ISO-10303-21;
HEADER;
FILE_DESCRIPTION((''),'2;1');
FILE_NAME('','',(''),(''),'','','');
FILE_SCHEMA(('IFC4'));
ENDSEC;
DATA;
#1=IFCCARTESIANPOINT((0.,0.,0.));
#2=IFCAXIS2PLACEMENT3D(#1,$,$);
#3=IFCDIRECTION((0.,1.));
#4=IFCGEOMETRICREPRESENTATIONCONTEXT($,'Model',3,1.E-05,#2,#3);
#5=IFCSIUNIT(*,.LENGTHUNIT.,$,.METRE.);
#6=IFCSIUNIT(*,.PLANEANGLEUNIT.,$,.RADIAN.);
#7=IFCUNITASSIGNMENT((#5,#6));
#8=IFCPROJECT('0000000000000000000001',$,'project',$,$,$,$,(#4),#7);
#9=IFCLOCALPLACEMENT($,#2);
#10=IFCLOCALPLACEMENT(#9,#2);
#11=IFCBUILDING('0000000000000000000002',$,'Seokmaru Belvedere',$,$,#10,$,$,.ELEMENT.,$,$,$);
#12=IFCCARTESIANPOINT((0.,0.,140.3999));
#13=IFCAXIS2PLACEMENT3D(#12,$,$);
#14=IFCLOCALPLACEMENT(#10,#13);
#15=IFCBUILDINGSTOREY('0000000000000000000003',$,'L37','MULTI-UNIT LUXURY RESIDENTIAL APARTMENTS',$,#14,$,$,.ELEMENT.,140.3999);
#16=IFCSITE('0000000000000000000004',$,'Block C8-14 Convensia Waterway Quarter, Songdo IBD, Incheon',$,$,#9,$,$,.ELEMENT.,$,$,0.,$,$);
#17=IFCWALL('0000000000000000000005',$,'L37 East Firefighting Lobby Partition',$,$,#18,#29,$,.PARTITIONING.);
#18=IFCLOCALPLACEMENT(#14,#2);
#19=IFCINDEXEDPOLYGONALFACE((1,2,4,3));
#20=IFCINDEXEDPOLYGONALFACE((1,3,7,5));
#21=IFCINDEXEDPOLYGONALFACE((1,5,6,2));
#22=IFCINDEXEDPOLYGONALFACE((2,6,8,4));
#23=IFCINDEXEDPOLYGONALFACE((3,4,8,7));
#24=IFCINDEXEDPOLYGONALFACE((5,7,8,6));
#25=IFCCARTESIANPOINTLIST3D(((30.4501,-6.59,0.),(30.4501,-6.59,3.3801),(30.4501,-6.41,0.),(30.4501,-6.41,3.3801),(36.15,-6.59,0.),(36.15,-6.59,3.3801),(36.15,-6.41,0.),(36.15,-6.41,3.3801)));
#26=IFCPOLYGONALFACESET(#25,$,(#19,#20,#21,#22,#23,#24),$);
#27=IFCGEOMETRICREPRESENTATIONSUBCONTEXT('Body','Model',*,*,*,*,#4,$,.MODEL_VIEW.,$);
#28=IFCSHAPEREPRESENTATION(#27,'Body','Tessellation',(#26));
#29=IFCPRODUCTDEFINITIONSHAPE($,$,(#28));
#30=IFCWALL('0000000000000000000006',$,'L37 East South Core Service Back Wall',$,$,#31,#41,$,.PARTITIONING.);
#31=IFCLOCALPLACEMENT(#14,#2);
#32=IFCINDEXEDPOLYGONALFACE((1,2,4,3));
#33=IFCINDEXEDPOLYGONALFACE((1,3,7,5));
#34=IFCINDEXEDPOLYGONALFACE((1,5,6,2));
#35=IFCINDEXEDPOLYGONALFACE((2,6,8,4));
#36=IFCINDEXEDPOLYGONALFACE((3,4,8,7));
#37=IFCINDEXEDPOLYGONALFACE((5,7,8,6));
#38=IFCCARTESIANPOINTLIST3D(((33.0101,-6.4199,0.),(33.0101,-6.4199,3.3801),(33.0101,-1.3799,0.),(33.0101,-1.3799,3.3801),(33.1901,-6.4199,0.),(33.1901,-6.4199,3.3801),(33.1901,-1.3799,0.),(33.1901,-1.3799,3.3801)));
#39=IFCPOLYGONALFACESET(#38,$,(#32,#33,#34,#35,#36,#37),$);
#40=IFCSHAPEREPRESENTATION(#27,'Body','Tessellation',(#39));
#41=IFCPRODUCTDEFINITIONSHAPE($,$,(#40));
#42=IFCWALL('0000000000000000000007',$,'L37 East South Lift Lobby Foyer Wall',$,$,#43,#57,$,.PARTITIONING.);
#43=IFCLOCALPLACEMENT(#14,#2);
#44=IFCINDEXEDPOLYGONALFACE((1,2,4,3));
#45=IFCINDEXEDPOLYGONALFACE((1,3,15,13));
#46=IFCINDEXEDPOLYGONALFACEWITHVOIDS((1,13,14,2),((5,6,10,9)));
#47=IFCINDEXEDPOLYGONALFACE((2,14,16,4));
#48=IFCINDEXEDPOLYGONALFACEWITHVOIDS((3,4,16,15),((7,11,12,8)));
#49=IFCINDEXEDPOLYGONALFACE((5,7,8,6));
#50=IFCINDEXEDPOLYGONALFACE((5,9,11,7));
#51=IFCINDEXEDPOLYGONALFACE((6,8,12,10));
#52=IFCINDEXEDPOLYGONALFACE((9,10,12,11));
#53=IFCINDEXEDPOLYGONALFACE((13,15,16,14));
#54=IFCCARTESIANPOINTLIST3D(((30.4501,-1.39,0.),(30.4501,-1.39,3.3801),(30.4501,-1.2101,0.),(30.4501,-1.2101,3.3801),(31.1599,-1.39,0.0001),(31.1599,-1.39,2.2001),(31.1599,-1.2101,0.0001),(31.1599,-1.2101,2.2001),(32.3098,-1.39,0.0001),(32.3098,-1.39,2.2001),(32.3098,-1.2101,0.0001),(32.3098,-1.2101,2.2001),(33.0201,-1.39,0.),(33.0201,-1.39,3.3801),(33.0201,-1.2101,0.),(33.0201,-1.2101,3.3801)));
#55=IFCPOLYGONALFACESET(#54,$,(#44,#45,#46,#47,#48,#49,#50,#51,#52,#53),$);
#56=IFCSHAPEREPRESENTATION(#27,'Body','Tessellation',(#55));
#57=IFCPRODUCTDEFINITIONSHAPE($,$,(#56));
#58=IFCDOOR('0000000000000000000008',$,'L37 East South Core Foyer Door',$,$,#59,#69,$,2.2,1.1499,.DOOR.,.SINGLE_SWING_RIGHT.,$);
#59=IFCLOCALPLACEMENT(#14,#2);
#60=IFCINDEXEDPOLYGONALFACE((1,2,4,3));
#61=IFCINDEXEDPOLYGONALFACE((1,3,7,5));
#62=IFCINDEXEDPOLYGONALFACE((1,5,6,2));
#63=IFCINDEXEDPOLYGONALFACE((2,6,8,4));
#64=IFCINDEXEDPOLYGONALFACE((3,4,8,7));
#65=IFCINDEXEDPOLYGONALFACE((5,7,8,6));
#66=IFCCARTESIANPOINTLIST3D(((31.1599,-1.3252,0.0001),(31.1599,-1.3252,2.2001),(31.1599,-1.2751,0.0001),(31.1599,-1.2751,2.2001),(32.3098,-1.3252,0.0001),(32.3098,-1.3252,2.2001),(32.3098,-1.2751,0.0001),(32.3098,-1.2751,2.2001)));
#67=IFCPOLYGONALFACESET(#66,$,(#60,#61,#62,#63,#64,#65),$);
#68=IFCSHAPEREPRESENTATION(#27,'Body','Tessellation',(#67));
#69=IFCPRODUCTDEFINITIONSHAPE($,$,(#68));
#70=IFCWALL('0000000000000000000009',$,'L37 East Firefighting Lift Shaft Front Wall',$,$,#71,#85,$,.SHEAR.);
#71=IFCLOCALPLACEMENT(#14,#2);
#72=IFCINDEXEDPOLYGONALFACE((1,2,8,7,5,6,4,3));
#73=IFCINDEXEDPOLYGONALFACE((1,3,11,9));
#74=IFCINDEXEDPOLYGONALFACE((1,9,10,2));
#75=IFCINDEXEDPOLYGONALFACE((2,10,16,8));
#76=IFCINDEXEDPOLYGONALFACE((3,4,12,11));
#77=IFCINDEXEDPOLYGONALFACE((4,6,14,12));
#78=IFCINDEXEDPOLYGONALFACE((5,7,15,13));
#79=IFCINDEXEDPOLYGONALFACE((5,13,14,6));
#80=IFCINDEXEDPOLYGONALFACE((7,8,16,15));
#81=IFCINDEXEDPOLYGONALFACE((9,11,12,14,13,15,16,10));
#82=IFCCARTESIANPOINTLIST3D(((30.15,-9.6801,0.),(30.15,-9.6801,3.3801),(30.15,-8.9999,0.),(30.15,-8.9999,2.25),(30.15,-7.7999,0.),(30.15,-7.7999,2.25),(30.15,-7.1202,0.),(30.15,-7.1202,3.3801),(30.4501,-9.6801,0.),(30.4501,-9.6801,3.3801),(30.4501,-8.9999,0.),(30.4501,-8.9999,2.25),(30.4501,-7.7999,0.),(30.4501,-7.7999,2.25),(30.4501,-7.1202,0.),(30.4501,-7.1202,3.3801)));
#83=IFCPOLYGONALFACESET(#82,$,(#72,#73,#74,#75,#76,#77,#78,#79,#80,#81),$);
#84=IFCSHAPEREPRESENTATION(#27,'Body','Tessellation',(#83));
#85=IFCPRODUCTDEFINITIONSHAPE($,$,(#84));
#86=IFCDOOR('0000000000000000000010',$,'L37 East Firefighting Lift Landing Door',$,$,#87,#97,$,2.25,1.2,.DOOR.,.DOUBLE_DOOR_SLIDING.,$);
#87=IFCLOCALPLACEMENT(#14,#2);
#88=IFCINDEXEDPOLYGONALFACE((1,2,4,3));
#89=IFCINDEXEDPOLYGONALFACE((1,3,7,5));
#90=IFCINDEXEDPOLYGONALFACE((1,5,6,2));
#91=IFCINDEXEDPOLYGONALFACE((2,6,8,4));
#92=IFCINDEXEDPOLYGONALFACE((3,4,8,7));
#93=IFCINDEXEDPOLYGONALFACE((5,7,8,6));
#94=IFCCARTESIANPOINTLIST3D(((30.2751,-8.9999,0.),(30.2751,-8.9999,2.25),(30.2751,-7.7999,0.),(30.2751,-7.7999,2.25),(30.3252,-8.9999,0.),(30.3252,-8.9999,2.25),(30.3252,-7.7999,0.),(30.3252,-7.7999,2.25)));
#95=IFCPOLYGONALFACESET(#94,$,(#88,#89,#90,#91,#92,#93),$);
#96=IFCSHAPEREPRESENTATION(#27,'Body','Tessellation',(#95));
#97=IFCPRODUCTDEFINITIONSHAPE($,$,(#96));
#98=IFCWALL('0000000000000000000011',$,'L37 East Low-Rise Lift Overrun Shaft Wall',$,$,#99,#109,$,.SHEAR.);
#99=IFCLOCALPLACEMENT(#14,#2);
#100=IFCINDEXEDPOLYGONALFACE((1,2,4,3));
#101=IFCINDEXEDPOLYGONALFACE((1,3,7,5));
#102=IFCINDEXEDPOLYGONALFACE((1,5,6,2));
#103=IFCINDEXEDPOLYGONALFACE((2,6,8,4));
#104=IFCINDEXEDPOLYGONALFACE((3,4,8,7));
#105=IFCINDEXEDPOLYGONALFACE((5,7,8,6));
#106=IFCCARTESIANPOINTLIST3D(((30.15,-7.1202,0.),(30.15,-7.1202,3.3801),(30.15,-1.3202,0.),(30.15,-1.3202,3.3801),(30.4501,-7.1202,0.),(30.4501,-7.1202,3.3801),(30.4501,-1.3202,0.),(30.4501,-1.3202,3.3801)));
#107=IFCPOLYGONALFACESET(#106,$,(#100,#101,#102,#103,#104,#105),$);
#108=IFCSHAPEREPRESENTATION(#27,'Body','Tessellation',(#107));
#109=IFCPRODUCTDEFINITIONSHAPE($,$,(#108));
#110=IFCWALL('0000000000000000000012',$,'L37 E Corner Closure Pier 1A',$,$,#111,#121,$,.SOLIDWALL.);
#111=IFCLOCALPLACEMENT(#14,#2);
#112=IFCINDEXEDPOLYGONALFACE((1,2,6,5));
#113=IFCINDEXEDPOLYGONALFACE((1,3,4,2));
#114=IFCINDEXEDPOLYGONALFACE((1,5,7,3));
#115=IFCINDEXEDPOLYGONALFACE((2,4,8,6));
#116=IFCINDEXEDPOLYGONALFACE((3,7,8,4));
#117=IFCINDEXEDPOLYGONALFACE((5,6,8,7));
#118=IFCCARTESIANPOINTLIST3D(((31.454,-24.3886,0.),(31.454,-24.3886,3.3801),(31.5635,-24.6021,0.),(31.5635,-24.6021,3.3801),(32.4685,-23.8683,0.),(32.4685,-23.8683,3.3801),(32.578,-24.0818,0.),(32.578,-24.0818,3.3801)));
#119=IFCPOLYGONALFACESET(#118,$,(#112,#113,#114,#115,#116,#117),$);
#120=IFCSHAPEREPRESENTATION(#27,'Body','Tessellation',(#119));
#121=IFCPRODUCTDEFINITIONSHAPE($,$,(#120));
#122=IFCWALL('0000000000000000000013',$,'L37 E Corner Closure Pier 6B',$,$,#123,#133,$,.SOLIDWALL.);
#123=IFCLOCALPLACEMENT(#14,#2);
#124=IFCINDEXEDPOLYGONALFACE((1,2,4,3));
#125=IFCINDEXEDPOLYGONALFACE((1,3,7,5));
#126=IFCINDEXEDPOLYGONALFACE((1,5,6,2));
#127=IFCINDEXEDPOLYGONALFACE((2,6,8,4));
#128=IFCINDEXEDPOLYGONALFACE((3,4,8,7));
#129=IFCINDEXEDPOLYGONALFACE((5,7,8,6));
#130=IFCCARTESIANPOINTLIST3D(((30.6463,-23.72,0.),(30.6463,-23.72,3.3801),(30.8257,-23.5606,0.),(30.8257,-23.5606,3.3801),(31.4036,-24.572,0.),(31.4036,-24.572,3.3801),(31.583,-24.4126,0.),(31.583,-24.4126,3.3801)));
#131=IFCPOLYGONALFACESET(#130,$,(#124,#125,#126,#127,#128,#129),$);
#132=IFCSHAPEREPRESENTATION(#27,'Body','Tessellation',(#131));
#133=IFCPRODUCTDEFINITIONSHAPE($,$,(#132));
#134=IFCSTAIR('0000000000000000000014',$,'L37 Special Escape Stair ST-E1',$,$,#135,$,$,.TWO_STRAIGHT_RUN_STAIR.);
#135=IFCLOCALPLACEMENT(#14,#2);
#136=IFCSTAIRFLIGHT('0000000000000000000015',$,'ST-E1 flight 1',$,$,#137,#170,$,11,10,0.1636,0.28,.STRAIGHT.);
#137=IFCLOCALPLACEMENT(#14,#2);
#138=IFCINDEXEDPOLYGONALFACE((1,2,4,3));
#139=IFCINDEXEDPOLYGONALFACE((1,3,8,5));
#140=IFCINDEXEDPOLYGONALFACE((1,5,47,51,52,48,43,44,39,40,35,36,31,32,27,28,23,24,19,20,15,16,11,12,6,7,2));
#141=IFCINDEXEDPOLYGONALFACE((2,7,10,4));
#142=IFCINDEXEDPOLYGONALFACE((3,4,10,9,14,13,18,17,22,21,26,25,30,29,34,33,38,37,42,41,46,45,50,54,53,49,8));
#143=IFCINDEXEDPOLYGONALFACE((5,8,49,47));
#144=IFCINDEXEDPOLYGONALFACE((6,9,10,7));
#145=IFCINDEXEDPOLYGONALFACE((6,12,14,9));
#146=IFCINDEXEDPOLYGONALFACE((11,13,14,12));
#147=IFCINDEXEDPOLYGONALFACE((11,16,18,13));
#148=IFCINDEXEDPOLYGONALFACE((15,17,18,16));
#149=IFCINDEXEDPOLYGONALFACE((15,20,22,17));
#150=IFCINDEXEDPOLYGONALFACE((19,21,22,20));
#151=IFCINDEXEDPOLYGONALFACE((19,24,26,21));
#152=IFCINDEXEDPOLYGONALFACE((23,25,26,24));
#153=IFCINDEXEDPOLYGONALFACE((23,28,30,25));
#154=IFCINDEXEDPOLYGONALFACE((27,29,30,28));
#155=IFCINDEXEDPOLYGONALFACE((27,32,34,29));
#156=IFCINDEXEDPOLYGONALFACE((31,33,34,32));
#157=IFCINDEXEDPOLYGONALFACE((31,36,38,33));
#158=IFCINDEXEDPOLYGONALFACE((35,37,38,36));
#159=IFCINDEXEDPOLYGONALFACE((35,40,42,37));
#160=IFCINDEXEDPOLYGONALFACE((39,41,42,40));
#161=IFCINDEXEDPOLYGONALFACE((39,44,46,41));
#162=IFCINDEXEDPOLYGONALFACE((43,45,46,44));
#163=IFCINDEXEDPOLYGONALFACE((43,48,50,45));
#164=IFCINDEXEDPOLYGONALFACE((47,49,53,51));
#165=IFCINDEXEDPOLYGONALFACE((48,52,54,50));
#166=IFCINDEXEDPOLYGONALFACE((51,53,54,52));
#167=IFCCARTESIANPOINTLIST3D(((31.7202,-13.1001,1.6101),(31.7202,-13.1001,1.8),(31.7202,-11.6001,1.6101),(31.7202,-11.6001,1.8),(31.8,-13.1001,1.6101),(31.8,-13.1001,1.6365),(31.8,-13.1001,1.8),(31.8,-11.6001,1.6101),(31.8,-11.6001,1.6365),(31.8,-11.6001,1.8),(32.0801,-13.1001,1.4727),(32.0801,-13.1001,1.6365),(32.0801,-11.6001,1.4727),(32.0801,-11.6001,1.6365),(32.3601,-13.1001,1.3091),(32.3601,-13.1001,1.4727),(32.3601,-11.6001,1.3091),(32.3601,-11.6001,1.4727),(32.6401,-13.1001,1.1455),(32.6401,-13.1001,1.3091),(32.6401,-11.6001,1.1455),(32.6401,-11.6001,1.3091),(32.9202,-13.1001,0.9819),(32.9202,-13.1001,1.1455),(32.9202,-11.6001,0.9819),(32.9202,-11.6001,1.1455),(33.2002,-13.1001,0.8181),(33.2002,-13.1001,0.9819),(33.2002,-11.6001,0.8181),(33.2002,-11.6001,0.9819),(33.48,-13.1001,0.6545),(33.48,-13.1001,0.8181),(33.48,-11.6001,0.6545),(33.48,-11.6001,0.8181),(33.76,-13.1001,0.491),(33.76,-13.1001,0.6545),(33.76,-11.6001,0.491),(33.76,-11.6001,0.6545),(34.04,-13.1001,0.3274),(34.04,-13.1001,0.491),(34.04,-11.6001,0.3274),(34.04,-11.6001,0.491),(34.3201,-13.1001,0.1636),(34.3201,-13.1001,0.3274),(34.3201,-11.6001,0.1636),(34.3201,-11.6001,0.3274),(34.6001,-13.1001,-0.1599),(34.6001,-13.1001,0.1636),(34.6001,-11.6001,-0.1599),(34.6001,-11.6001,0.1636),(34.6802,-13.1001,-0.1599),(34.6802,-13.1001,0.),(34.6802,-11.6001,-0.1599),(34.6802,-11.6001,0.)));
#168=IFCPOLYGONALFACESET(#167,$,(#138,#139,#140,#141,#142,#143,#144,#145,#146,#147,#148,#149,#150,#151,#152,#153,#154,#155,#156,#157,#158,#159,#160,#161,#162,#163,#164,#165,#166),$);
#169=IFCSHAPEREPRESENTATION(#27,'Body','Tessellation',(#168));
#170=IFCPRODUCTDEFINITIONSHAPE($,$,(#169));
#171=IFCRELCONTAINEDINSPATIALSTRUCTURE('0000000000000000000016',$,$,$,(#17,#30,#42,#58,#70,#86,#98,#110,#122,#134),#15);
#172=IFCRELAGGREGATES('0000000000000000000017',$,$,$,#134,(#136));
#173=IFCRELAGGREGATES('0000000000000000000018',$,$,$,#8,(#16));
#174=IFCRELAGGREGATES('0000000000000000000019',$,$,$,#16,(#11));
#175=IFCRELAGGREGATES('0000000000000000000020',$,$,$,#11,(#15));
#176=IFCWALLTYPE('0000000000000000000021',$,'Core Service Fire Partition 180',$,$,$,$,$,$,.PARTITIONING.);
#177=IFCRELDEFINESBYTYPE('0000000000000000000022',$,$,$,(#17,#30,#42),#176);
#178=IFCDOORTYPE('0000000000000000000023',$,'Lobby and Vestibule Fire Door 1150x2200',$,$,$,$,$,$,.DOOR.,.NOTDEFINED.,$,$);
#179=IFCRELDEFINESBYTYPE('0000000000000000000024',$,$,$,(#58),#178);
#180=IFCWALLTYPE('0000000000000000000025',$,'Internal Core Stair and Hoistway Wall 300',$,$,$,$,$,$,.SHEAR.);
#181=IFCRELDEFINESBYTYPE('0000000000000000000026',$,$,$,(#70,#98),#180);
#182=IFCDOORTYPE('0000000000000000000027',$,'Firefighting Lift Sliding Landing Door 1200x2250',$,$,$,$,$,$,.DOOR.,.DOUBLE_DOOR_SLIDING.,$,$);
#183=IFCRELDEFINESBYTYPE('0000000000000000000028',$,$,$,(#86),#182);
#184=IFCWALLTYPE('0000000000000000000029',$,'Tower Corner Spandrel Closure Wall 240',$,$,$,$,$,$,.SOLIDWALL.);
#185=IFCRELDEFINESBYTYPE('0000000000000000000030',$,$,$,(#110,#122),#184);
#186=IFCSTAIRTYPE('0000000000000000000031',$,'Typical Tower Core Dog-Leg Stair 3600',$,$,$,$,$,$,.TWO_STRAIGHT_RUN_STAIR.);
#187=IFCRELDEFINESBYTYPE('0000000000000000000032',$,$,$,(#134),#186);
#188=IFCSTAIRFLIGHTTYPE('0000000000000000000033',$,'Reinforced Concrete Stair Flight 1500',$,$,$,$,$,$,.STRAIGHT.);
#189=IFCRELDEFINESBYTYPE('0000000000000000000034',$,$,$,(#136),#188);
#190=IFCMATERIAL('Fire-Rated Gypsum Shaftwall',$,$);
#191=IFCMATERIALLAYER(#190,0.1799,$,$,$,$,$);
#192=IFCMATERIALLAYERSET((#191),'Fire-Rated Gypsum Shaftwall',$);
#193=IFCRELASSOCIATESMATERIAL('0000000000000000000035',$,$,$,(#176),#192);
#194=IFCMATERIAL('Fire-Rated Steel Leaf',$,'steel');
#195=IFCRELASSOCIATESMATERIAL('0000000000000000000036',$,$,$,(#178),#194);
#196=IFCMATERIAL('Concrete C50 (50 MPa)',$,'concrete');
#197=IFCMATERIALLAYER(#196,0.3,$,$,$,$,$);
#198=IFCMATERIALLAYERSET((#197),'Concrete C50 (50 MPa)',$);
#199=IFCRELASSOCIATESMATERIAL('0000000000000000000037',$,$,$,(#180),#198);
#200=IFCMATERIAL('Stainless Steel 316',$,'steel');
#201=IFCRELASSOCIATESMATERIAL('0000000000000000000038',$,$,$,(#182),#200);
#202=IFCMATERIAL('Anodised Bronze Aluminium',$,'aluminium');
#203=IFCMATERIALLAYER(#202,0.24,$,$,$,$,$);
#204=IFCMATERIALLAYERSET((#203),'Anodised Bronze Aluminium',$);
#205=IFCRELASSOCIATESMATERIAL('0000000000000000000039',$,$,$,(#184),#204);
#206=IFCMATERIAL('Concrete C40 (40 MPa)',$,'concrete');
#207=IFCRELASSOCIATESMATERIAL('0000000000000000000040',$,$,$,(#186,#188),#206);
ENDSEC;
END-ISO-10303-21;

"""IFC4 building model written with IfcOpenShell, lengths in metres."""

from ifc_helpers import new_model, si_unit, direction, frame, frame_2d, origin, place, context, subcontext, project, spatial, polyline, rectangle, outline, extrude, source, transform, mapped, material, layer, layer_set, type_object, type_shapes, element, fill, aggregate, save


model = new_model("IFC4")

# Units and contexts
model_context = context("Model", 3, precision=1e-05, world=origin(), true_north=direction((0.0, 1.0)))
body_context = subcontext(model_context, "Body", "Model", "MODEL_VIEW")
ifc_project = project(units=[si_unit("LENGTHUNIT", "METRE"), si_unit("PLANEANGLEUNIT", "RADIAN")], contexts=[model_context])

# Site, building, storey
site_placement = place(None, origin())
site = spatial("IfcSite", under=ifc_project, at=site_placement, Name="Block C8-14 Convensia Waterway Quarter, Songdo IBD, Incheon", CompositionType="ELEMENT", RefElevation=0.0)
building_placement = place(site_placement, origin())
building = spatial("IfcBuilding", under=site, at=building_placement, Name="Seokmaru Belvedere", CompositionType="ELEMENT")
storey_placement = place(building_placement, frame((0.0, 0.0, 140.3999)))
storey = spatial("IfcBuildingStorey", under=building, at=storey_placement, Name="L37", Description="MULTI-UNIT LUXURY RESIDENTIAL APARTMENTS", CompositionType="ELEMENT", Elevation=140.3999)

# Shared definitions
ifc_material_1 = material(Name="Anodised Bronze Aluminium", Category="aluminium")

# Walls
ifc_material_2 = material(Name="Fire-Rated Gypsum Shaftwall")
ifc_layer_1 = layer(ifc_material_2, 0.1799)
ifc_layer_set_1 = layer_set([ifc_layer_1], Name="Fire-Rated Gypsum Shaftwall")
wall_type_1 = type_object("IfcWallType", Name="Core Service Fire Partition 180", PredefinedType="PARTITIONING", material=ifc_layer_set_1)
wall_1_placement = place(storey_placement, frame((30.45, -6.5, 0.0), z_axis=(0.0, 0.0, 1.0), x_axis=(1.0, 0.0, 0.0)))
element("IfcWall", 1, at=wall_1_placement, inside=storey, type_object=wall_type_1, Name="L37 East Firefighting Lobby Partition", PredefinedType="PARTITIONING", context=body_context, shape_type="SweptSolid", body=[
    extrude(rectangle(XDim=5.7, YDim=0.1799, at=frame_2d((2.8501, 0.0))), origin(), (0.0, 0.0, 1.0), 3.3801),
])
wall_2_placement = place(storey_placement, frame((33.1001, -6.4199, 0.0), z_axis=(0.0, 0.0, 1.0), x_axis=(0.0, 1.0, 0.0)))
element("IfcWall", 2, at=wall_2_placement, inside=storey, type_object=wall_type_1, Name="L37 East South Core Service Back Wall", PredefinedType="PARTITIONING", context=body_context, shape_type="SweptSolid", body=[
    extrude(rectangle(XDim=5.04, YDim=0.1799, at=frame_2d((2.52, 0.0))), origin(), (0.0, 0.0, 1.0), 3.3801),
])

# Walls, openings, doors
wall_3_placement = place(storey_placement, frame((30.45, -1.3, 0.0), z_axis=(0.0, 0.0, 1.0), x_axis=(1.0, 0.0, 0.0)))
wall_3 = element("IfcWall", 3, at=wall_3_placement, inside=storey, type_object=wall_type_1, Name="L37 East South Lift Lobby Foyer Wall", PredefinedType="PARTITIONING", context=body_context, shape_type="SweptSolid", body=[
    extrude(rectangle(XDim=2.5701, YDim=0.1799, at=frame_2d((1.2852, 0.0))), origin(), (0.0, 0.0, 1.0), 3.3801),
])
opening_1_placement = place(wall_3_placement, frame((0.71, 0.0, 0.0)))
opening_1 = element("IfcOpeningElement", 4, at=opening_1_placement, cuts=wall_3, PredefinedType="OPENING", context=body_context, shape_type="SweptSolid", body=[
    extrude(rectangle(XDim=1.1499, YDim=2.2, at=frame_2d((0.575, 1.1001))), frame((0.0, 0.1001, 0.0), z_axis=(0.0, -1.0, 0.0), x_axis=(1.0, 0.0, 0.0)), (0.0, 0.0, 1.0), 0.2),
])
ifc_material_3 = material(Name="Fire-Rated Steel Leaf", Category="steel")
door_type_1 = type_object("IfcDoorType", Name="Lobby and Vestibule Fire Door 1150x2200", OperationType="NOTDEFINED", PredefinedType="DOOR", material=ifc_material_3)
shared_shape_1 = source(origin(), body_context, "Body", "SweptSolid", [
    extrude(rectangle(XDim=1.1499, YDim=2.2, at=frame_2d((0.575, 1.1001))), frame((0.0, 0.0249, 0.0), z_axis=(0.0, -1.0, 0.0), x_axis=(1.0, 0.0, 0.0)), (0.0, 0.0, 1.0), 0.05),
])
type_shapes(door_type_1, [shared_shape_1])
door_1_placement = place(opening_1_placement, origin())
door_1 = element("IfcDoor", 5, at=door_1_placement, inside=storey, type_object=door_type_1, Name="L37 East South Core Foyer Door", OperationType="SINGLE_SWING_RIGHT", OverallHeight=2.2, OverallWidth=1.1499, PredefinedType="DOOR", context=body_context, shape_type="MappedRepresentation", body=[
    mapped(shared_shape_1, transform((0.0, 0.0, 0.0), scale=1.0)),
])
fill(opening_1, door_1)
ifc_material_4 = material(Name="Concrete C50 (50 MPa)", Category="concrete")
ifc_layer_2 = layer(ifc_material_4, 0.3)
ifc_layer_set_2 = layer_set([ifc_layer_2], Name="Concrete C50 (50 MPa)")
wall_type_2 = type_object("IfcWallType", Name="Internal Core Stair and Hoistway Wall 300", PredefinedType="SHEAR", material=ifc_layer_set_2)
wall_4_placement = place(storey_placement, frame((30.3, -9.6799, 0.0), z_axis=(0.0, 0.0, 1.0), x_axis=(0.0, 1.0, 0.0)))
wall_4 = element("IfcWall", 6, at=wall_4_placement, inside=storey, type_object=wall_type_2, Name="L37 East Firefighting Lift Shaft Front Wall", PredefinedType="SHEAR", context=body_context, shape_type="SweptSolid", body=[
    extrude(rectangle(XDim=2.5598, YDim=0.3, at=frame_2d((1.2798, 0.0))), origin(), (0.0, 0.0, 1.0), 3.3801),
])
opening_2_placement = place(wall_4_placement, frame((0.6799, 0.0, 0.0)))
opening_2 = element("IfcOpeningElement", 7, at=opening_2_placement, cuts=wall_4, PredefinedType="OPENING", context=body_context, shape_type="SweptSolid", body=[
    extrude(rectangle(XDim=1.2, YDim=2.25, at=frame_2d((0.6001, 1.125))), frame((0.0, 0.1602, 0.0), z_axis=(0.0, -1.0, 0.0), x_axis=(1.0, 0.0, 0.0)), (0.0, 0.0, 1.0), 0.3201),
])
ifc_material_5 = material(Name="Stainless Steel 316", Category="steel")
door_type_2 = type_object("IfcDoorType", Name="Firefighting Lift Sliding Landing Door 1200x2250", OperationType="DOUBLE_DOOR_SLIDING", PredefinedType="DOOR", material=ifc_material_5)
shared_shape_2 = source(origin(), body_context, "Body", "SweptSolid", [
    extrude(rectangle(XDim=1.2, YDim=2.25, at=frame_2d((0.6001, 1.125))), frame((0.0, 0.0249, 0.0), z_axis=(0.0, -1.0, 0.0), x_axis=(1.0, 0.0, 0.0)), (0.0, 0.0, 1.0), 0.05),
])
type_shapes(door_type_2, [shared_shape_2])
door_2_placement = place(opening_2_placement, origin())
door_2 = element("IfcDoor", 8, at=door_2_placement, inside=storey, type_object=door_type_2, Name="L37 East Firefighting Lift Landing Door", OperationType="DOUBLE_DOOR_SLIDING", OverallHeight=2.25, OverallWidth=1.2, PredefinedType="DOOR", context=body_context, shape_type="MappedRepresentation", body=[
    mapped(shared_shape_2, transform((0.0, 0.0, 0.0), scale=1.0)),
])
fill(opening_2, door_2)

# Walls
wall_5_placement = place(storey_placement, frame((30.3, -7.1201, 0.0), z_axis=(0.0, 0.0, 1.0), x_axis=(0.0, 1.0, 0.0)))
element("IfcWall", 9, at=wall_5_placement, inside=storey, type_object=wall_type_2, Name="L37 East Low-Rise Lift Overrun Shaft Wall", PredefinedType="SHEAR", context=body_context, shape_type="SweptSolid", body=[
    extrude(rectangle(XDim=5.8, YDim=0.3, at=frame_2d((2.8999, 0.0))), origin(), (0.0, 0.0, 1.0), 3.3801),
])
ifc_layer_3 = layer(ifc_material_1, 0.24)
ifc_layer_set_3 = layer_set([ifc_layer_3], Name="Anodised Bronze Aluminium")
wall_type_3 = type_object("IfcWallType", Name="Tower Corner Spandrel Closure Wall 240", PredefinedType="SOLIDWALL", material=ifc_layer_set_3)
wall_6_placement = place(storey_placement, frame((31.5088, -24.4954, 0.0), z_axis=(0.0, 0.0, 1.0), x_axis=(0.889797, 0.456356, 0.0)))
element("IfcWall", 10, at=wall_6_placement, inside=storey, type_object=wall_type_3, Name="L37 E Corner Closure Pier 1A", PredefinedType="SOLIDWALL", context=body_context, shape_type="SweptSolid", body=[
    extrude(rectangle(XDim=1.1401, YDim=0.24, at=frame_2d((0.5701, 0.0))), origin(), (0.0, 0.0, 1.0), 3.3801),
])
wall_7_placement = place(storey_placement, frame((30.7361, -23.6404, 0.0), z_axis=(0.0, 0.0, 1.0), x_axis=(0.664337, -0.747433, 0.0)))
element("IfcWall", 11, at=wall_7_placement, inside=storey, type_object=wall_type_3, Name="L37 E Corner Closure Pier 6B", PredefinedType="SOLIDWALL", context=body_context, shape_type="SweptSolid", body=[
    extrude(rectangle(XDim=1.1399, YDim=0.24, at=frame_2d((0.5698, 0.0))), origin(), (0.0, 0.0, 1.0), 3.3801),
])

# Stair, stair flight
ifc_material_6 = material(Name="Concrete C40 (40 MPa)", Category="concrete")
stair_type = type_object("IfcStairType", Name="Typical Tower Core Dog-Leg Stair 3600", PredefinedType="TWO_STRAIGHT_RUN_STAIR", material=ifc_material_6)
stair_placement = place(storey_placement, origin())
stair = element("IfcStair", 12, at=stair_placement, inside=storey, type_object=stair_type, Name="L37 Special Escape Stair ST-E1", PredefinedType="TWO_STRAIGHT_RUN_STAIR")
stair_flight_type = type_object("IfcStairFlightType", Name="Reinforced Concrete Stair Flight 1500", PredefinedType="STRAIGHT", material=ifc_material_6)
stair_flight_1_placement = place(storey_placement, frame((34.6001, -12.3501, 0.0), z_axis=(0.0, 0.0, 1.0), x_axis=(-1.0, 0.0, 0.0)))
stair_flight_1 = element("IfcStairFlight", 13, at=stair_flight_1_placement, type_object=stair_flight_type, Name="ST-E1 flight 1", NumberOfRisers=11, NumberOfTreads=10, PredefinedType="STRAIGHT", RiserHeight=0.1636, TreadLength=0.28, context=body_context, shape_type="SweptSolid", body=[
    extrude(outline(polyline([(-0.0801, 0.0), (0.0, 0.1636), (0.28, 0.1636), (0.28, 0.3274), (0.5601, 0.3274), (0.5601, 0.491), (0.8401, 0.491), (0.8401, 0.6545), (1.1201, 0.6545), (1.1201, 0.8181), (1.3999, 0.8181), (1.3999, 0.9819), (1.6799, 0.9819), (1.6799, 1.1455), (1.96, 1.1455), (1.96, 1.3091), (2.24, 1.3091), (2.24, 1.4727), (2.52, 1.4727), (2.52, 1.6365), (2.8, 1.6365), (2.8, 1.8), (2.8799, 1.8), (2.8799, 1.6101), (2.8, 1.6101), (0.0, -0.1599), (-0.0801, -0.1599), (-0.0801, 0.0)])), frame((0.0, 0.75, 0.0), z_axis=(0.0, -1.0, 0.0), x_axis=(1.0, 0.0, 0.0)), (0.0, 0.0, 1.0), 1.5),
])
aggregate(stair, [stair_flight_1])

save(model, "model.ifc")
